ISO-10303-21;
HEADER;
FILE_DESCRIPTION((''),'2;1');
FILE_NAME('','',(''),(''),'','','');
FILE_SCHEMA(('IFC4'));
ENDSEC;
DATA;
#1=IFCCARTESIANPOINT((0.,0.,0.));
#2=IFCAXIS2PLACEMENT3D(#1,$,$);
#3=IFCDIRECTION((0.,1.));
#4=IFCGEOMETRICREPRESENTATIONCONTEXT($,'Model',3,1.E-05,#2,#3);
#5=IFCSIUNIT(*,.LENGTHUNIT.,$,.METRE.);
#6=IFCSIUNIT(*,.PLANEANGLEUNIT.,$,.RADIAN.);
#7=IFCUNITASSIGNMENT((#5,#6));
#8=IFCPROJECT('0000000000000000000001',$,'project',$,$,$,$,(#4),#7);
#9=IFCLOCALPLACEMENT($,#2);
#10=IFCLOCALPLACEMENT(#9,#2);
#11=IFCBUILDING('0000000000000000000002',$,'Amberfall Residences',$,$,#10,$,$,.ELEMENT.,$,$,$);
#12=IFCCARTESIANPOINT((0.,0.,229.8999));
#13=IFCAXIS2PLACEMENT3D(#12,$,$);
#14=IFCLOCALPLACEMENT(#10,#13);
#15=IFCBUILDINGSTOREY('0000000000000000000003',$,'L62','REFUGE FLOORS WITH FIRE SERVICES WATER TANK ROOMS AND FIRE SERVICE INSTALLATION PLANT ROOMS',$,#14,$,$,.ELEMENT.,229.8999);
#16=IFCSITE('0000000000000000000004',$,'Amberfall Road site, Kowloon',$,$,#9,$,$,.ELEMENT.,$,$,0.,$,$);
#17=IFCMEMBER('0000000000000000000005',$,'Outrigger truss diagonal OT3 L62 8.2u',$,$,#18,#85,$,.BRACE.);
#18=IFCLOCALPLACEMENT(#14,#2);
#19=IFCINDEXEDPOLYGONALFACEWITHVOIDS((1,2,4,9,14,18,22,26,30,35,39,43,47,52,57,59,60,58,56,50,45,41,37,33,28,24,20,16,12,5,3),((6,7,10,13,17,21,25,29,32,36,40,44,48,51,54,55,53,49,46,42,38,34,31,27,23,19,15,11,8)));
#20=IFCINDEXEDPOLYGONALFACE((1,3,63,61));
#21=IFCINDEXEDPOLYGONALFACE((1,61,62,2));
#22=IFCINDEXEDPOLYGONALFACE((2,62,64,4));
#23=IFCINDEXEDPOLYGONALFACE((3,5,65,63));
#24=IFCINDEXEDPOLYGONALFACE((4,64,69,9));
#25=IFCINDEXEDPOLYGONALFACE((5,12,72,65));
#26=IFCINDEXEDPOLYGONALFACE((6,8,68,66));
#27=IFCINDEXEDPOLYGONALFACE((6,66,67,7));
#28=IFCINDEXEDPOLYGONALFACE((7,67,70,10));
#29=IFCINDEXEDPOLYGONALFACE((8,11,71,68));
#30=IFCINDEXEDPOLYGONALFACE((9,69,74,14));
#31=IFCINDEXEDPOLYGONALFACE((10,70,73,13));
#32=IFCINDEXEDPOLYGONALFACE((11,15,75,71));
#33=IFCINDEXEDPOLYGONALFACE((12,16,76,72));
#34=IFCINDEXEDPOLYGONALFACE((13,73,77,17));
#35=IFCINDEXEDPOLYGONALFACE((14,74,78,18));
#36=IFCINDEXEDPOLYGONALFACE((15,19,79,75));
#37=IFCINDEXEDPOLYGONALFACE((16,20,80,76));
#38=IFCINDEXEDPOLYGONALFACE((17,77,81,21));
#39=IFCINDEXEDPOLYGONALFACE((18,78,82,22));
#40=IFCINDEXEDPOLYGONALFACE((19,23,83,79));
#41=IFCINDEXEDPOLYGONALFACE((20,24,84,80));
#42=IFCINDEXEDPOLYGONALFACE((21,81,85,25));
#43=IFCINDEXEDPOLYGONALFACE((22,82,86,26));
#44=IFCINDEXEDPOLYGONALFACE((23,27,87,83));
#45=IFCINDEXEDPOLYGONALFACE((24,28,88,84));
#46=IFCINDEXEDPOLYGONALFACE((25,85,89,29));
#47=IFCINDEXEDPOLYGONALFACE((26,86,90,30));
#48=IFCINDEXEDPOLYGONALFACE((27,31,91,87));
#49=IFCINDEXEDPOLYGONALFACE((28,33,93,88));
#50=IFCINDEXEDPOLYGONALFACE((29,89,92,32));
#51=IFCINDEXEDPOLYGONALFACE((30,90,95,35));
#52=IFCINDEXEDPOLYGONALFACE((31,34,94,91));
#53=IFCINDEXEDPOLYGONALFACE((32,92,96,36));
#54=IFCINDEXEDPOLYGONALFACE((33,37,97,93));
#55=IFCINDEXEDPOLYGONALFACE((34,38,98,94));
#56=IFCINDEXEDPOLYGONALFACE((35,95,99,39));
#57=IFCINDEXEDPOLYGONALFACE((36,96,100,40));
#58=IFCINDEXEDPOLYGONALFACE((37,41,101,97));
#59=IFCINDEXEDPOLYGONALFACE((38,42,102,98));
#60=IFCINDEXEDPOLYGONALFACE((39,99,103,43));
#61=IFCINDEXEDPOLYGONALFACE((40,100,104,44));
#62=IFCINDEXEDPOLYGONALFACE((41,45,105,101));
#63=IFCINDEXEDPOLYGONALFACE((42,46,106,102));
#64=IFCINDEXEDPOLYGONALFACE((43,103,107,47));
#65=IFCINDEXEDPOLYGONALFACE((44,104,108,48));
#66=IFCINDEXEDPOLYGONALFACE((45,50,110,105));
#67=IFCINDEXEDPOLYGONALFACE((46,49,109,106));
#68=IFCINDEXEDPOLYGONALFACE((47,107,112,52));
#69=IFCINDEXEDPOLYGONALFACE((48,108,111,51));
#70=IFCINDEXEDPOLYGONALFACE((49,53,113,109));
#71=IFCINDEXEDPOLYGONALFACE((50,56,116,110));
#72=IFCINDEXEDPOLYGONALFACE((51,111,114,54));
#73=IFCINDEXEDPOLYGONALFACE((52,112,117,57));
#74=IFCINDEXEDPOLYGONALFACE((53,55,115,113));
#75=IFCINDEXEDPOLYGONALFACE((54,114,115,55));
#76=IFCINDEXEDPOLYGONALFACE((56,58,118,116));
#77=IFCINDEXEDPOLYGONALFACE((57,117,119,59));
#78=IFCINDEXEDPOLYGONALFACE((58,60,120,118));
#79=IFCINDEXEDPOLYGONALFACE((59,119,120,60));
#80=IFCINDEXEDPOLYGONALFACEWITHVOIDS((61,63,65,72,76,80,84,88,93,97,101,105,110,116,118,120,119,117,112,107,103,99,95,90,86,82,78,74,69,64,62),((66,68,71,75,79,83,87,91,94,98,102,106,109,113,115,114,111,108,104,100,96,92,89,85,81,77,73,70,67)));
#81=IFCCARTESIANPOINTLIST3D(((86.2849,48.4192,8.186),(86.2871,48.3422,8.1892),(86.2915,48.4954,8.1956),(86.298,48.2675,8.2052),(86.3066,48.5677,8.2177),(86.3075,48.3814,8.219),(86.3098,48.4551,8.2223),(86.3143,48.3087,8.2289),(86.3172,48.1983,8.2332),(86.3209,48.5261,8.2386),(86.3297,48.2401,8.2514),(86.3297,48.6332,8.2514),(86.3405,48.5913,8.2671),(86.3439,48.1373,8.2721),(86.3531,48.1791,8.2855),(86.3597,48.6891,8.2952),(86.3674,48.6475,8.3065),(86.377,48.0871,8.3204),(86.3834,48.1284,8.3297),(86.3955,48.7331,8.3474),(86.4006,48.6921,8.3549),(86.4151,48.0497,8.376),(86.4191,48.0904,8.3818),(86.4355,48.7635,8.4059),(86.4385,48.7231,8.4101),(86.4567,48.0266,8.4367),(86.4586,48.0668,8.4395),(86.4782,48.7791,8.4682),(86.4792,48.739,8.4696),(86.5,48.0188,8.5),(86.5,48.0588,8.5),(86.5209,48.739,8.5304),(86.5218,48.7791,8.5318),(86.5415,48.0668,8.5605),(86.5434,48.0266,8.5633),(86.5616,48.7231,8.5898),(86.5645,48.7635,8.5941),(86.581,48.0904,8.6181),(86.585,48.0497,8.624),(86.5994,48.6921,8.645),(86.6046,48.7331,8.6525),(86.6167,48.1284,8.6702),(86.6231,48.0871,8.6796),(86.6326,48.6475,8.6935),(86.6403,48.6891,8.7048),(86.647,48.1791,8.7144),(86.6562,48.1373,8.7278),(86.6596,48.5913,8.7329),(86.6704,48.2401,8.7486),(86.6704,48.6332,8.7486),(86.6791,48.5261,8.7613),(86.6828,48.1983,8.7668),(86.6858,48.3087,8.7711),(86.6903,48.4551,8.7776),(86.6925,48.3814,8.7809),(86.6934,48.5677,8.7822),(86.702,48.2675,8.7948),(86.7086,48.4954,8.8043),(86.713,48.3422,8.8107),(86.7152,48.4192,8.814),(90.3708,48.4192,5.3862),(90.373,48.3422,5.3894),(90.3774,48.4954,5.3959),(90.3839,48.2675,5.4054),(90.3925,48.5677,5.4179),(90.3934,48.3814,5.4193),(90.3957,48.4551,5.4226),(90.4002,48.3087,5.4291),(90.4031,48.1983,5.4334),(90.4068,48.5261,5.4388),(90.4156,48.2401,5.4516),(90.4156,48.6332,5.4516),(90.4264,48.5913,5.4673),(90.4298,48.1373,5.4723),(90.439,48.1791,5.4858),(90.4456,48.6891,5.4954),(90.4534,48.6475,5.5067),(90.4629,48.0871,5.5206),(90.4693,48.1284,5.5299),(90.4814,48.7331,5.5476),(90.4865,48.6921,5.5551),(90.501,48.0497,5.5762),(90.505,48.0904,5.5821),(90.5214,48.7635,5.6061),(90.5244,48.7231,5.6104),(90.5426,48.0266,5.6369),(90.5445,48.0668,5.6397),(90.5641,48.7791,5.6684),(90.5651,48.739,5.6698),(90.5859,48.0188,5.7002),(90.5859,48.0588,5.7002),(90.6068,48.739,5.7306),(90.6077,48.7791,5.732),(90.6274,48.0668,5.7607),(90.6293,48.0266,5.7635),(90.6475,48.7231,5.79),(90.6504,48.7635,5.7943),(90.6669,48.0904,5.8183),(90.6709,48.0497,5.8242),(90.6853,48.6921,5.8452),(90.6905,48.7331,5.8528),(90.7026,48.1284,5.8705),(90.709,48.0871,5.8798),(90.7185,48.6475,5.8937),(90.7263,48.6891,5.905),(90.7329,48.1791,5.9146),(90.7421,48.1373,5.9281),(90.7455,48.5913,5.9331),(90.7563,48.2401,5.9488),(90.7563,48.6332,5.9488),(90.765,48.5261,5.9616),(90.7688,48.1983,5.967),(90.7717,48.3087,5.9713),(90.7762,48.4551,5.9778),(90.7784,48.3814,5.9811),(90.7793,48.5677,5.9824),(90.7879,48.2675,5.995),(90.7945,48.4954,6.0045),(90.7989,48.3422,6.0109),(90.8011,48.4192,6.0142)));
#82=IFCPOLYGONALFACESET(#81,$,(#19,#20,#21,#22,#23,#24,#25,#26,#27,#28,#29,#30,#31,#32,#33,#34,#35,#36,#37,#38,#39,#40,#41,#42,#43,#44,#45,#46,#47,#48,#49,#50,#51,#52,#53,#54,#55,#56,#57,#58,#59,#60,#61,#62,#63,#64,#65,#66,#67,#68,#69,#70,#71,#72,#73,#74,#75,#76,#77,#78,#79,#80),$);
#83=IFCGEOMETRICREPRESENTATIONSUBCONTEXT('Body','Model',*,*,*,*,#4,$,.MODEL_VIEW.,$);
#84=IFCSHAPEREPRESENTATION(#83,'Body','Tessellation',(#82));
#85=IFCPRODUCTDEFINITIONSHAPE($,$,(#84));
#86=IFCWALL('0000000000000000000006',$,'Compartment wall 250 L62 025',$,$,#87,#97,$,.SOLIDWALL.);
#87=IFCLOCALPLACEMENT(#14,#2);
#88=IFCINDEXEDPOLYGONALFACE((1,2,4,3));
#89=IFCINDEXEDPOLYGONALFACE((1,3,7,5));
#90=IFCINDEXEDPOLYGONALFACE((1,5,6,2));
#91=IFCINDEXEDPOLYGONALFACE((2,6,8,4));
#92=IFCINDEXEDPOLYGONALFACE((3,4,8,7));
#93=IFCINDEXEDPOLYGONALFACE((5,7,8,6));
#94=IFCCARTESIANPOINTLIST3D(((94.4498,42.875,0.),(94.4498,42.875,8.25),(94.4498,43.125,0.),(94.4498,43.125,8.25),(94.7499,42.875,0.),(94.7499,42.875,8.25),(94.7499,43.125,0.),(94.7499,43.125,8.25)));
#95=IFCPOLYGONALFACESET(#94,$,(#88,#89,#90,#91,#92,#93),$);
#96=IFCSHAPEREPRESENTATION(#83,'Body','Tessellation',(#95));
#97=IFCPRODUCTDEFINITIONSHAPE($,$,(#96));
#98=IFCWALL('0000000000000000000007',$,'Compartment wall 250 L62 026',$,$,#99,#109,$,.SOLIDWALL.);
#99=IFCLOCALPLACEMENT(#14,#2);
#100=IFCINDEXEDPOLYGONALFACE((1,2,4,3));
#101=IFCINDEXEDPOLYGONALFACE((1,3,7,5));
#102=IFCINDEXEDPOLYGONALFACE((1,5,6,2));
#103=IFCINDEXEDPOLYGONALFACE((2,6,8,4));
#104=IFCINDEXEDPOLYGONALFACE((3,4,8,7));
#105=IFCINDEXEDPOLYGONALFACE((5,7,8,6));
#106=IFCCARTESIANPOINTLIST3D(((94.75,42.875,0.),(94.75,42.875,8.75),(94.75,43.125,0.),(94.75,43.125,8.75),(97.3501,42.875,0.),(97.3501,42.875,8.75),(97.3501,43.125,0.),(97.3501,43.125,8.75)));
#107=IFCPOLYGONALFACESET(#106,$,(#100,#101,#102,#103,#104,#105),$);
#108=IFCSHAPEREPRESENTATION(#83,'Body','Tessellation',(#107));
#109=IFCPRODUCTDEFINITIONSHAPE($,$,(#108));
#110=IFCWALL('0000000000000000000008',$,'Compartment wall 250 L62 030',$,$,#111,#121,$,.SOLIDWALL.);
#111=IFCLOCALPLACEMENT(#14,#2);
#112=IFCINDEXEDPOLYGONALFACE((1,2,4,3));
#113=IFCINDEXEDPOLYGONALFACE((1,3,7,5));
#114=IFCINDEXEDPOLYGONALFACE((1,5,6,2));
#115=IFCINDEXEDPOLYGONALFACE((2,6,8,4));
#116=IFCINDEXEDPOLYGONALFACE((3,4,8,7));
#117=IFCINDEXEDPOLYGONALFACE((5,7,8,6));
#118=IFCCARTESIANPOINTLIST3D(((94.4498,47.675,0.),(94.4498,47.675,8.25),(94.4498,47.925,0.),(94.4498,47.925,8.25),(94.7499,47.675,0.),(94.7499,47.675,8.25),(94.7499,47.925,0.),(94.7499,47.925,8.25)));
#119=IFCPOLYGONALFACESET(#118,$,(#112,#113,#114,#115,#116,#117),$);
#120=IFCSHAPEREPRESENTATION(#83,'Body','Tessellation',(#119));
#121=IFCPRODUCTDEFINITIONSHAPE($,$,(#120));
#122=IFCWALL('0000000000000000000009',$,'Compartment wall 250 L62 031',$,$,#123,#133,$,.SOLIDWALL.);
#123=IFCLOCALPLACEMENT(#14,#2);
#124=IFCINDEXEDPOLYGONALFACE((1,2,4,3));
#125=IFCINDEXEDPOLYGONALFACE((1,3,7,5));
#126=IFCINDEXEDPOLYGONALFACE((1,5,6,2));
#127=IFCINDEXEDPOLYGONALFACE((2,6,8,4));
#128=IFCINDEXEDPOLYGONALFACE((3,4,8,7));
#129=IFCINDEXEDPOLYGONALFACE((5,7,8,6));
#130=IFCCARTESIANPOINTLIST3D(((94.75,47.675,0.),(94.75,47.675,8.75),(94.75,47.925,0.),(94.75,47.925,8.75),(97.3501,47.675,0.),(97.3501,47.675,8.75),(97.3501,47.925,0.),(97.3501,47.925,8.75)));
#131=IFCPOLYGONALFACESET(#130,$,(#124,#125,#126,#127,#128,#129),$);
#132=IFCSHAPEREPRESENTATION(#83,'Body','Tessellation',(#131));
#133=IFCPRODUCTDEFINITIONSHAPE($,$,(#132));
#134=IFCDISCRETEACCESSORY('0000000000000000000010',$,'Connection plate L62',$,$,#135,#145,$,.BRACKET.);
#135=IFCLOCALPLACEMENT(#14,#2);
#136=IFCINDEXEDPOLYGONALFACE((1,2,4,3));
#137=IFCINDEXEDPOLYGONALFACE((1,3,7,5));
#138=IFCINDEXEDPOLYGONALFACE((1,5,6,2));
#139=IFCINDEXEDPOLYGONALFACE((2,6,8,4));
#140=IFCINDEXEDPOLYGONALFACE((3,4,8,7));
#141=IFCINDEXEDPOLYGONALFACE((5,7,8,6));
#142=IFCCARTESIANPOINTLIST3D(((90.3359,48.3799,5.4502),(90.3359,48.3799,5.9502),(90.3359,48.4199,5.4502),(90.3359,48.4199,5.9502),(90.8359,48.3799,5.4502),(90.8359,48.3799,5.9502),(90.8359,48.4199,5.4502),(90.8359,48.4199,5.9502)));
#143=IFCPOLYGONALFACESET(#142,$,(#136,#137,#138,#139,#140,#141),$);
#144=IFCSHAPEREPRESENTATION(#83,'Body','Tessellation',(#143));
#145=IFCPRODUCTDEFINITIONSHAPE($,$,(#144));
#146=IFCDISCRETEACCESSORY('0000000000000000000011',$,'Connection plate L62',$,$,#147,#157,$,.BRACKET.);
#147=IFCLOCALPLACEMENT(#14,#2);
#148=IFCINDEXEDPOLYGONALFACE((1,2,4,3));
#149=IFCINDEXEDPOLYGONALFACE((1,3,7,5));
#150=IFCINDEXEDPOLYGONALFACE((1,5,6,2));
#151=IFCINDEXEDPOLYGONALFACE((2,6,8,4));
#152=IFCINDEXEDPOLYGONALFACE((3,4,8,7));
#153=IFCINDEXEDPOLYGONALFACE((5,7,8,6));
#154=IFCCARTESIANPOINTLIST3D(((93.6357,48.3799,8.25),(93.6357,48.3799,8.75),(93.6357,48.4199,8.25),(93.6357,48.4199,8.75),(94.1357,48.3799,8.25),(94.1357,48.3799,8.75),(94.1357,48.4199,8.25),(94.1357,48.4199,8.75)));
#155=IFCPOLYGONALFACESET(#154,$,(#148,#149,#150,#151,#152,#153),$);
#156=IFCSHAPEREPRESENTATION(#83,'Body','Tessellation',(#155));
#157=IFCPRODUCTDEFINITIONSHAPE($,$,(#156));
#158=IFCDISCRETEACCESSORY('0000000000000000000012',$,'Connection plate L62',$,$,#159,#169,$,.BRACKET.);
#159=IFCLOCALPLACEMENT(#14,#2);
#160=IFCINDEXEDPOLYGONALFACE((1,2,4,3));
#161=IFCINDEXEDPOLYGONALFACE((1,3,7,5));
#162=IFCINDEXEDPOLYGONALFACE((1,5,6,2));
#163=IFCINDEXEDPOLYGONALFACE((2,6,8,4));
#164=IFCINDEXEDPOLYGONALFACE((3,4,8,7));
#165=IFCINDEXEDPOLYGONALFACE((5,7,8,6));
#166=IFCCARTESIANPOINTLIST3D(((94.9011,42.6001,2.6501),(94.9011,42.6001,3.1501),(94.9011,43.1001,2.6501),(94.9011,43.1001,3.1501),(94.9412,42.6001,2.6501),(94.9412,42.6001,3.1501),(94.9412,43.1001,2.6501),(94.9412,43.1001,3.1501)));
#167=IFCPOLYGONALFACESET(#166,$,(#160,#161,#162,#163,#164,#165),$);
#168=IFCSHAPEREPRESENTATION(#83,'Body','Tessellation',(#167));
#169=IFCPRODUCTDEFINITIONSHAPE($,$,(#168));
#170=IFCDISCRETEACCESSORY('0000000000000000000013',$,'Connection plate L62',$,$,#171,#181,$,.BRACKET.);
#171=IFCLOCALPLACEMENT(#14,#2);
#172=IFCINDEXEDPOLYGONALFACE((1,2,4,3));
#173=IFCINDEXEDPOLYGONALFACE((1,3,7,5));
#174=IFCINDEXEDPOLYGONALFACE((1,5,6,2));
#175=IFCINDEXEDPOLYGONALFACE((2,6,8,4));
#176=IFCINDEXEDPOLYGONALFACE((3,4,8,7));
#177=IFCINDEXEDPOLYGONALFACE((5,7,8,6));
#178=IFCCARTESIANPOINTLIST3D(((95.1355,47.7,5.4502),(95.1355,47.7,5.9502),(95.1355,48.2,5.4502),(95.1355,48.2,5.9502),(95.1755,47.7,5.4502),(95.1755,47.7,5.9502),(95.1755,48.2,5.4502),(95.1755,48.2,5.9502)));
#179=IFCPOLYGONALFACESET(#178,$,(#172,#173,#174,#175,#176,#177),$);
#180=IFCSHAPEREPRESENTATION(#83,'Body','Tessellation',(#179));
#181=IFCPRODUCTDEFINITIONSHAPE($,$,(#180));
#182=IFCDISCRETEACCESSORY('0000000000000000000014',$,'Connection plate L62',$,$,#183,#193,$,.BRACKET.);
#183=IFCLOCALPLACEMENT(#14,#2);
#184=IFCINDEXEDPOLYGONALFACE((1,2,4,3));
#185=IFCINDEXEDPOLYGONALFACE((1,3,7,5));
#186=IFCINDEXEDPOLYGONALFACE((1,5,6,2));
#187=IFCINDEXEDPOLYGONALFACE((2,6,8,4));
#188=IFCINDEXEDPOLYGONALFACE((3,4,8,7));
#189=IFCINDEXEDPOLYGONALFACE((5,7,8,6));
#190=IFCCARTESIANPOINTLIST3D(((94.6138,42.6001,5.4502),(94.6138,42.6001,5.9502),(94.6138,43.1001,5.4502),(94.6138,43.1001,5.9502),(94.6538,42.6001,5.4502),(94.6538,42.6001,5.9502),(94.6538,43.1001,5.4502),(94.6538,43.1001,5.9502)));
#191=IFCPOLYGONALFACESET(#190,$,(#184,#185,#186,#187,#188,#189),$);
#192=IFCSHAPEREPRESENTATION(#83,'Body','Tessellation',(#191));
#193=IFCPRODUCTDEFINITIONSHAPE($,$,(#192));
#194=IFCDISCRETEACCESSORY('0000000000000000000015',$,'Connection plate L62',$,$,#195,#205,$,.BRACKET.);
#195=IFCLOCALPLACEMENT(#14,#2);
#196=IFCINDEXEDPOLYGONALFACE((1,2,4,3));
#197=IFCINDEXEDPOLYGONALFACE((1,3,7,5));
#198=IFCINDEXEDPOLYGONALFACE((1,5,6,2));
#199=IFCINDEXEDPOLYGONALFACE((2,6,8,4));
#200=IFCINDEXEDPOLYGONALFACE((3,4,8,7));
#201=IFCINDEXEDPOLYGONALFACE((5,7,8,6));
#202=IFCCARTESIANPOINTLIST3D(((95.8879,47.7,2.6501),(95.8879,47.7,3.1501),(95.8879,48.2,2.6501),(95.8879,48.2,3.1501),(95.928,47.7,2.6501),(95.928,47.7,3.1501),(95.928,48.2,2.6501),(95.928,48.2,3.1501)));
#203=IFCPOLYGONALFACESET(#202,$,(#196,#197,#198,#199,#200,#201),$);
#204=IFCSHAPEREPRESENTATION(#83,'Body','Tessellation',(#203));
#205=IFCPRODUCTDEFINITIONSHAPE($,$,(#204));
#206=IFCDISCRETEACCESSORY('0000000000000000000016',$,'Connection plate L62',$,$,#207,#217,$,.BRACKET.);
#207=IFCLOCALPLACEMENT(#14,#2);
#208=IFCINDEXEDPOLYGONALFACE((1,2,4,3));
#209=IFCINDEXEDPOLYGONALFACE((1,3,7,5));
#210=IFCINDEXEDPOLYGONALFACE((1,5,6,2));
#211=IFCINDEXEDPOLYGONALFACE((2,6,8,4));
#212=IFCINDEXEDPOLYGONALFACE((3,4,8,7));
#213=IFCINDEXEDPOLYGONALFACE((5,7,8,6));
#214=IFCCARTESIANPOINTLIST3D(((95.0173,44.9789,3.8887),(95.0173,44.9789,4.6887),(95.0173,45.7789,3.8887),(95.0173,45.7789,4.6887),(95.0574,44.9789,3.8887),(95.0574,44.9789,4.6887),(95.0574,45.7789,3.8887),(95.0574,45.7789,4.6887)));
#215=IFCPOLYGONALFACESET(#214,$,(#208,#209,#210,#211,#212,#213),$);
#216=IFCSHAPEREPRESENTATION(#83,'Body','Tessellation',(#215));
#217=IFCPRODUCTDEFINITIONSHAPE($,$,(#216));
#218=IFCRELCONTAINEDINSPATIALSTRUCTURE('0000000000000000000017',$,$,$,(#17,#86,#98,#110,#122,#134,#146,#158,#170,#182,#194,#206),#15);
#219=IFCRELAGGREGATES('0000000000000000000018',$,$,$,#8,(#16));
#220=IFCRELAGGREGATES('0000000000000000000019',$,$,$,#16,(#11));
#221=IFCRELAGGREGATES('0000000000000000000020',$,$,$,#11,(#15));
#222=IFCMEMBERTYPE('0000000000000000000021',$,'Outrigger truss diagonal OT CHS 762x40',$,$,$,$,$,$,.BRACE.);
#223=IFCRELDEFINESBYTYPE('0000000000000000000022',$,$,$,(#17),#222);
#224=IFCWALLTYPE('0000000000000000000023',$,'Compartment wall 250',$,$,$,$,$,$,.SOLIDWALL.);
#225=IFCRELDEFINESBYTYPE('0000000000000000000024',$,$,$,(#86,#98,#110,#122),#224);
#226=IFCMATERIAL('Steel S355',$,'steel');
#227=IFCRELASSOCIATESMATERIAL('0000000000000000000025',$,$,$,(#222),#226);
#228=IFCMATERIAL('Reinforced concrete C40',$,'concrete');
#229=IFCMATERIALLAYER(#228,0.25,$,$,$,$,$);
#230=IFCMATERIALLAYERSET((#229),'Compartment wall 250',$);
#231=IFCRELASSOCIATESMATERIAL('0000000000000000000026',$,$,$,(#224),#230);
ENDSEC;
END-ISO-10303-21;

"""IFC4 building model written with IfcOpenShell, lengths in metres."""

from ifc_helpers import new_model, si_unit, direction, frame, frame_2d, origin, origin_2d, place, context, subcontext, project, spatial, rectangle, hollow_circle, extrude, material, layer, layer_set, material_profile, profile_set, type_object, element, save


model = new_model("IFC4")

# Units and contexts
model_context = context("Model", 3, precision=1e-05, world=origin(), true_north=direction((0.0, 1.0)))
body_context = subcontext(model_context, "Body", "Model", "MODEL_VIEW")
ifc_project = project(units=[si_unit("LENGTHUNIT", "METRE"), si_unit("PLANEANGLEUNIT", "RADIAN")], contexts=[model_context])

# Site, building, storey
site_placement = place(None, origin())
site = spatial("IfcSite", under=ifc_project, at=site_placement, Name="Amberfall Road site, Kowloon", CompositionType="ELEMENT", RefElevation=0.0)
building_placement = place(site_placement, origin())
building = spatial("IfcBuilding", under=site, at=building_placement, Name="Amberfall Residences", CompositionType="ELEMENT")
storey_placement = place(building_placement, frame((0.0, 0.0, 229.8999)))
storey = spatial("IfcBuildingStorey", under=building, at=storey_placement, Name="L62", Description="REFUGE FLOORS WITH FIRE SERVICES WATER TANK ROOMS AND FIRE SERVICE INSTALLATION PLANT ROOMS", CompositionType="ELEMENT", Elevation=229.8999)

# Shared definitions
ifc_material_1 = material(Name="Steel S355", Category="steel")

# Member
ifc_material_profile_1 = material_profile(ifc_material_1, hollow_circle(Radius=0.3811, WallThickness=0.04, at=origin_2d()), Name="CHS 762x40")
ifc_profile_set_1 = profile_set([ifc_material_profile_1], Name="Steel S355")
member_type_1 = type_object("IfcMemberType", Name="Outrigger truss diagonal OT CHS 762x40", PredefinedType="BRACE", material=ifc_profile_set_1)
member_1_placement = place(storey_placement, frame((90.5859, 48.3999, 5.7002), z_axis=(-0.824915, 0.0, 0.565256), x_axis=(0.0, -1.0, 0.0)))
element("IfcMember", 1, at=member_1_placement, inside=storey, type_object=member_type_1, Name="Outrigger truss diagonal OT3 L62 8.2u", PredefinedType="BRACE", context=body_context, shape_type="SweptSolid", body=[
    extrude(hollow_circle(Radius=0.3811, WallThickness=0.04, at=origin_2d()), origin(), (0.0, 0.0, 1.0), 4.9531),
])

# Walls
ifc_material_2 = material(Name="Reinforced concrete C40", Category="concrete")
ifc_layer = layer(ifc_material_2, 0.25)
ifc_layer_set = layer_set([ifc_layer], Name="Compartment wall 250")
wall_type = type_object("IfcWallType", Name="Compartment wall 250", PredefinedType="SOLIDWALL", material=ifc_layer_set)
wall_1_placement = place(storey_placement, frame((94.45, 43.0, 0.0), z_axis=(0.0, 0.0, 1.0), x_axis=(1.0, 0.0, 0.0)))
element("IfcWall", 2, at=wall_1_placement, inside=storey, type_object=wall_type, Name="Compartment wall 250 L62 025", PredefinedType="SOLIDWALL", context=body_context, shape_type="SweptSolid", body=[
    extrude(rectangle(XDim=0.3, YDim=0.25, at=frame_2d((0.1499, 0.0))), origin(), (0.0, 0.0, 1.0), 8.25),
])
wall_2_placement = place(storey_placement, frame((94.75, 43.0, 0.0), z_axis=(0.0, 0.0, 1.0), x_axis=(1.0, 0.0, 0.0)))
element("IfcWall", 3, at=wall_2_placement, inside=storey, type_object=wall_type, Name="Compartment wall 250 L62 026", PredefinedType="SOLIDWALL", context=body_context, shape_type="SweptSolid", body=[
    extrude(rectangle(XDim=2.6001, YDim=0.25, at=frame_2d((1.3, 0.0))), origin(), (0.0, 0.0, 1.0), 8.75),
])
wall_3_placement = place(storey_placement, frame((94.45, 47.8, 0.0), z_axis=(0.0, 0.0, 1.0), x_axis=(1.0, 0.0, 0.0)))
element("IfcWall", 4, at=wall_3_placement, inside=storey, type_object=wall_type, Name="Compartment wall 250 L62 030", PredefinedType="SOLIDWALL", context=body_context, shape_type="SweptSolid", body=[
    extrude(rectangle(XDim=0.3, YDim=0.25, at=frame_2d((0.1499, 0.0))), origin(), (0.0, 0.0, 1.0), 8.25),
])
wall_4_placement = place(storey_placement, frame((94.75, 47.8, 0.0), z_axis=(0.0, 0.0, 1.0), x_axis=(1.0, 0.0, 0.0)))
element("IfcWall", 5, at=wall_4_placement, inside=storey, type_object=wall_type, Name="Compartment wall 250 L62 031", PredefinedType="SOLIDWALL", context=body_context, shape_type="SweptSolid", body=[
    extrude(rectangle(XDim=2.6001, YDim=0.25, at=frame_2d((1.3, 0.0))), origin(), (0.0, 0.0, 1.0), 8.75),
])

# Discrete accessories
for number, where, z_axis, x_axis, name in (
    (6, (90.5859, 48.3999, 5.4502), (0.0, 0.0, 1.0), (1.0, 0.0, 0.0), "Connection plate L62"),
    (7, (93.8857, 48.3999, 8.25), (0.0, 0.0, 1.0), (1.0, 0.0, 0.0), "Connection plate L62"),
    (8, (94.9211, 42.8501, 2.6501), (0.0, 0.0, 1.0), (0.0, 1.0, 0.0), "Connection plate L62"),
    (9, (95.1555, 47.95, 5.4502), (0.0, 0.0, 1.0), (0.0, 1.0, 0.0), "Connection plate L62"),
    (10, (94.6338, 42.8501, 5.4502), (0.0, 0.0, 1.0), (0.0, 1.0, 0.0), "Connection plate L62"),
    (11, (95.908, 47.95, 2.6501), (0.0, 0.0, 1.0), (0.0, 1.0, 0.0), "Connection plate L62"),
):
    element("IfcDiscreteAccessory", number, at=place(storey_placement, frame(where, z_axis=z_axis, x_axis=x_axis)), inside=storey, Name=name, PredefinedType="BRACKET", context=body_context, shape_type="SweptSolid", body=[
        extrude(rectangle(XDim=0.5, YDim=0.04, at=origin_2d()), origin(), (0.0, 0.0, 1.0), 0.5),
    ])
discrete_accessory_1_placement = place(storey_placement, frame((95.0374, 45.3789, 3.8887), z_axis=(0.0, 0.0, 1.0), x_axis=(0.0, 1.0, 0.0)))
element("IfcDiscreteAccessory", 12, at=discrete_accessory_1_placement, inside=storey, Name="Connection plate L62", PredefinedType="BRACKET", context=body_context, shape_type="SweptSolid", body=[
    extrude(rectangle(XDim=0.8, YDim=0.04, at=origin_2d()), origin(), (0.0, 0.0, 1.0), 0.8),
])

save(model, "model.ifc")
